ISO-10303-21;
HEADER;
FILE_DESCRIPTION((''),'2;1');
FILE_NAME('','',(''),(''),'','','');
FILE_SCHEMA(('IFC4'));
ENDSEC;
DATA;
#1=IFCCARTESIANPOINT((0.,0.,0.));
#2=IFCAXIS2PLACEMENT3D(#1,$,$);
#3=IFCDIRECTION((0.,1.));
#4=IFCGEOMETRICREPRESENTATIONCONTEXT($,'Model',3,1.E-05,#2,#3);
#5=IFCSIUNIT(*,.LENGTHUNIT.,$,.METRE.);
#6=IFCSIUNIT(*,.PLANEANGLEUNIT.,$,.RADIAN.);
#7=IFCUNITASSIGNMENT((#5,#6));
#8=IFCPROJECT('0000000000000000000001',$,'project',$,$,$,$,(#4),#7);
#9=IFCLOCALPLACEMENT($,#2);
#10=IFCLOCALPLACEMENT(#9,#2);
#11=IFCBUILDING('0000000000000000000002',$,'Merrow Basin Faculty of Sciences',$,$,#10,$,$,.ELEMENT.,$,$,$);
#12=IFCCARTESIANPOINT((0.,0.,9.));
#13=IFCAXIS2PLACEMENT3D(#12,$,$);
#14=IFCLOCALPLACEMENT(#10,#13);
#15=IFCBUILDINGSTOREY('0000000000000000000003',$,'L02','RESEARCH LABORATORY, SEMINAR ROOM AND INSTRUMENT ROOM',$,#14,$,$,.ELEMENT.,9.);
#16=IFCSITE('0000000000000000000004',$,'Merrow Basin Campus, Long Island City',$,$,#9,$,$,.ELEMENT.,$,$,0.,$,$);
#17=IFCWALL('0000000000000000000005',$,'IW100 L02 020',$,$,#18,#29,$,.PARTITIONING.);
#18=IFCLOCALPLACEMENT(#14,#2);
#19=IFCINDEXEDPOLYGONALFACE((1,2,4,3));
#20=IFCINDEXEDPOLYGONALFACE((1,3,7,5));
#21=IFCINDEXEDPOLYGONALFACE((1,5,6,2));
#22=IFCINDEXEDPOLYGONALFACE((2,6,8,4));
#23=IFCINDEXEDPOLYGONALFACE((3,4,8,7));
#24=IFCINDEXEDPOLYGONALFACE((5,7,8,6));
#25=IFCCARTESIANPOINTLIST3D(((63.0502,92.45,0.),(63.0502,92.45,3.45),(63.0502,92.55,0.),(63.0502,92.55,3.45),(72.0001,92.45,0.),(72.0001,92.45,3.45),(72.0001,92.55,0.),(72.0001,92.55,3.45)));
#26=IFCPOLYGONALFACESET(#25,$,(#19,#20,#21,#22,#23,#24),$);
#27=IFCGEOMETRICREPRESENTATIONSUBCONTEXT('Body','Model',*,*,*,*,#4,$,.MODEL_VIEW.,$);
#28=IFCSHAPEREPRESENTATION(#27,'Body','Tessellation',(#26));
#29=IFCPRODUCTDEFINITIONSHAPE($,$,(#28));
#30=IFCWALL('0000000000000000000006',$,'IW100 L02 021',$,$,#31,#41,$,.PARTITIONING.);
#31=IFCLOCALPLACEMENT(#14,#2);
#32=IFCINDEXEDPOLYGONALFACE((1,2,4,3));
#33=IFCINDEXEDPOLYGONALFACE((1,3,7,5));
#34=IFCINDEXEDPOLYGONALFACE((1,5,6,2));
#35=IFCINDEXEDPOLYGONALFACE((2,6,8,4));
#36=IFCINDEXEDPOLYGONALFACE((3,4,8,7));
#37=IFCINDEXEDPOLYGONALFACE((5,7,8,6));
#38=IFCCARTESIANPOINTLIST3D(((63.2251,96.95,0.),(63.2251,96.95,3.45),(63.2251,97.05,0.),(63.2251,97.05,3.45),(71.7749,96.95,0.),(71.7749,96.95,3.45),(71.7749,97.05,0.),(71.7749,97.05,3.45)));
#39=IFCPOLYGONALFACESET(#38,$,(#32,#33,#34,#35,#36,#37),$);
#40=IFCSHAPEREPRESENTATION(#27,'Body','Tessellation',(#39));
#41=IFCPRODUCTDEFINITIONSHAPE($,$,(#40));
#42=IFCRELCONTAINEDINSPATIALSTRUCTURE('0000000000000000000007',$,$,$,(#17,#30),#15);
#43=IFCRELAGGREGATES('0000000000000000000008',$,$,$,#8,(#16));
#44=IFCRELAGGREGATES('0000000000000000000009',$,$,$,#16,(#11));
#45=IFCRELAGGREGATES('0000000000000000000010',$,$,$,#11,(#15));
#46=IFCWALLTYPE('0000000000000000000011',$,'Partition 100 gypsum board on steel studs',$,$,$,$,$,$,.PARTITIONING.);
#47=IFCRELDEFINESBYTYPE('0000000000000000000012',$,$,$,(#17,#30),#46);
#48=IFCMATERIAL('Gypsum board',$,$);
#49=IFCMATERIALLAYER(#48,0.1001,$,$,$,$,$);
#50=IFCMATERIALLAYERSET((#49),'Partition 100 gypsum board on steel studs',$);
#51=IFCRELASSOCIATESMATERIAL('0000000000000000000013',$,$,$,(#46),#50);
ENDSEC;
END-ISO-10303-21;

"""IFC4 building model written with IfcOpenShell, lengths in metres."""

from ifc_helpers import new_model, si_unit, direction, frame, frame_2d, origin, place, context, subcontext, project, spatial, rectangle, extrude, material, layer, layer_set, type_object, element, save


model = new_model("IFC4")

# Units and contexts
model_context = context("Model", 3, precision=1e-05, world=origin(), true_north=direction((0.0, 1.0)))
body_context = subcontext(model_context, "Body", "Model", "MODEL_VIEW")
ifc_project = project(units=[si_unit("LENGTHUNIT", "METRE"), si_unit("PLANEANGLEUNIT", "RADIAN")], contexts=[model_context])

# Site, building, storey
site_placement = place(None, origin())
site = spatial("IfcSite", under=ifc_project, at=site_placement, Name="Merrow Basin Campus, Long Island City", CompositionType="ELEMENT", RefElevation=0.0)
building_placement = place(site_placement, origin())
building = spatial("IfcBuilding", under=site, at=building_placement, Name="Merrow Basin Faculty of Sciences", CompositionType="ELEMENT")
storey_placement = place(building_placement, frame((0.0, 0.0, 9.0)))
storey = spatial("IfcBuildingStorey", under=building, at=storey_placement, Name="L02", Description="RESEARCH LABORATORY, SEMINAR ROOM AND INSTRUMENT ROOM", CompositionType="ELEMENT", Elevation=9.0)

# Shared definitions
ifc_material_1 = material(Name="Gypsum board")
ifc_layer_1 = layer(ifc_material_1, 0.1001)
ifc_layer_set_1 = layer_set([ifc_layer_1], Name="Partition 100 gypsum board on steel studs")
wall_type = type_object("IfcWallType", Name="Partition 100 gypsum board on steel studs", PredefinedType="PARTITIONING", material=ifc_layer_set_1)

# Walls
wall_1_placement = place(storey_placement, frame((63.05, 92.5, 0.0), z_axis=(0.0, 0.0, 1.0), x_axis=(1.0, 0.0, 0.0)))
element("IfcWall", 1, at=wall_1_placement, inside=storey, type_object=wall_type, Name="IW100 L02 020", PredefinedType="PARTITIONING", context=body_context, shape_type="SweptSolid", body=[
    extrude(rectangle(XDim=8.95, YDim=0.1001, at=frame_2d((4.4751, 0.0))), origin(), (0.0, 0.0, 1.0), 3.45),
])
wall_2_placement = place(storey_placement, frame((63.2251, 97.0, 0.0), z_axis=(0.0, 0.0, 1.0), x_axis=(1.0, 0.0, 0.0)))
element("IfcWall", 2, at=wall_2_placement, inside=storey, type_object=wall_type, Name="IW100 L02 021", PredefinedType="PARTITIONING", context=body_context, shape_type="SweptSolid", body=[
    extrude(rectangle(XDim=8.5498, YDim=0.1001, at=frame_2d((4.2749, 0.0))), origin(), (0.0, 0.0, 1.0), 3.45),
])

save(model, "model.ifc")
